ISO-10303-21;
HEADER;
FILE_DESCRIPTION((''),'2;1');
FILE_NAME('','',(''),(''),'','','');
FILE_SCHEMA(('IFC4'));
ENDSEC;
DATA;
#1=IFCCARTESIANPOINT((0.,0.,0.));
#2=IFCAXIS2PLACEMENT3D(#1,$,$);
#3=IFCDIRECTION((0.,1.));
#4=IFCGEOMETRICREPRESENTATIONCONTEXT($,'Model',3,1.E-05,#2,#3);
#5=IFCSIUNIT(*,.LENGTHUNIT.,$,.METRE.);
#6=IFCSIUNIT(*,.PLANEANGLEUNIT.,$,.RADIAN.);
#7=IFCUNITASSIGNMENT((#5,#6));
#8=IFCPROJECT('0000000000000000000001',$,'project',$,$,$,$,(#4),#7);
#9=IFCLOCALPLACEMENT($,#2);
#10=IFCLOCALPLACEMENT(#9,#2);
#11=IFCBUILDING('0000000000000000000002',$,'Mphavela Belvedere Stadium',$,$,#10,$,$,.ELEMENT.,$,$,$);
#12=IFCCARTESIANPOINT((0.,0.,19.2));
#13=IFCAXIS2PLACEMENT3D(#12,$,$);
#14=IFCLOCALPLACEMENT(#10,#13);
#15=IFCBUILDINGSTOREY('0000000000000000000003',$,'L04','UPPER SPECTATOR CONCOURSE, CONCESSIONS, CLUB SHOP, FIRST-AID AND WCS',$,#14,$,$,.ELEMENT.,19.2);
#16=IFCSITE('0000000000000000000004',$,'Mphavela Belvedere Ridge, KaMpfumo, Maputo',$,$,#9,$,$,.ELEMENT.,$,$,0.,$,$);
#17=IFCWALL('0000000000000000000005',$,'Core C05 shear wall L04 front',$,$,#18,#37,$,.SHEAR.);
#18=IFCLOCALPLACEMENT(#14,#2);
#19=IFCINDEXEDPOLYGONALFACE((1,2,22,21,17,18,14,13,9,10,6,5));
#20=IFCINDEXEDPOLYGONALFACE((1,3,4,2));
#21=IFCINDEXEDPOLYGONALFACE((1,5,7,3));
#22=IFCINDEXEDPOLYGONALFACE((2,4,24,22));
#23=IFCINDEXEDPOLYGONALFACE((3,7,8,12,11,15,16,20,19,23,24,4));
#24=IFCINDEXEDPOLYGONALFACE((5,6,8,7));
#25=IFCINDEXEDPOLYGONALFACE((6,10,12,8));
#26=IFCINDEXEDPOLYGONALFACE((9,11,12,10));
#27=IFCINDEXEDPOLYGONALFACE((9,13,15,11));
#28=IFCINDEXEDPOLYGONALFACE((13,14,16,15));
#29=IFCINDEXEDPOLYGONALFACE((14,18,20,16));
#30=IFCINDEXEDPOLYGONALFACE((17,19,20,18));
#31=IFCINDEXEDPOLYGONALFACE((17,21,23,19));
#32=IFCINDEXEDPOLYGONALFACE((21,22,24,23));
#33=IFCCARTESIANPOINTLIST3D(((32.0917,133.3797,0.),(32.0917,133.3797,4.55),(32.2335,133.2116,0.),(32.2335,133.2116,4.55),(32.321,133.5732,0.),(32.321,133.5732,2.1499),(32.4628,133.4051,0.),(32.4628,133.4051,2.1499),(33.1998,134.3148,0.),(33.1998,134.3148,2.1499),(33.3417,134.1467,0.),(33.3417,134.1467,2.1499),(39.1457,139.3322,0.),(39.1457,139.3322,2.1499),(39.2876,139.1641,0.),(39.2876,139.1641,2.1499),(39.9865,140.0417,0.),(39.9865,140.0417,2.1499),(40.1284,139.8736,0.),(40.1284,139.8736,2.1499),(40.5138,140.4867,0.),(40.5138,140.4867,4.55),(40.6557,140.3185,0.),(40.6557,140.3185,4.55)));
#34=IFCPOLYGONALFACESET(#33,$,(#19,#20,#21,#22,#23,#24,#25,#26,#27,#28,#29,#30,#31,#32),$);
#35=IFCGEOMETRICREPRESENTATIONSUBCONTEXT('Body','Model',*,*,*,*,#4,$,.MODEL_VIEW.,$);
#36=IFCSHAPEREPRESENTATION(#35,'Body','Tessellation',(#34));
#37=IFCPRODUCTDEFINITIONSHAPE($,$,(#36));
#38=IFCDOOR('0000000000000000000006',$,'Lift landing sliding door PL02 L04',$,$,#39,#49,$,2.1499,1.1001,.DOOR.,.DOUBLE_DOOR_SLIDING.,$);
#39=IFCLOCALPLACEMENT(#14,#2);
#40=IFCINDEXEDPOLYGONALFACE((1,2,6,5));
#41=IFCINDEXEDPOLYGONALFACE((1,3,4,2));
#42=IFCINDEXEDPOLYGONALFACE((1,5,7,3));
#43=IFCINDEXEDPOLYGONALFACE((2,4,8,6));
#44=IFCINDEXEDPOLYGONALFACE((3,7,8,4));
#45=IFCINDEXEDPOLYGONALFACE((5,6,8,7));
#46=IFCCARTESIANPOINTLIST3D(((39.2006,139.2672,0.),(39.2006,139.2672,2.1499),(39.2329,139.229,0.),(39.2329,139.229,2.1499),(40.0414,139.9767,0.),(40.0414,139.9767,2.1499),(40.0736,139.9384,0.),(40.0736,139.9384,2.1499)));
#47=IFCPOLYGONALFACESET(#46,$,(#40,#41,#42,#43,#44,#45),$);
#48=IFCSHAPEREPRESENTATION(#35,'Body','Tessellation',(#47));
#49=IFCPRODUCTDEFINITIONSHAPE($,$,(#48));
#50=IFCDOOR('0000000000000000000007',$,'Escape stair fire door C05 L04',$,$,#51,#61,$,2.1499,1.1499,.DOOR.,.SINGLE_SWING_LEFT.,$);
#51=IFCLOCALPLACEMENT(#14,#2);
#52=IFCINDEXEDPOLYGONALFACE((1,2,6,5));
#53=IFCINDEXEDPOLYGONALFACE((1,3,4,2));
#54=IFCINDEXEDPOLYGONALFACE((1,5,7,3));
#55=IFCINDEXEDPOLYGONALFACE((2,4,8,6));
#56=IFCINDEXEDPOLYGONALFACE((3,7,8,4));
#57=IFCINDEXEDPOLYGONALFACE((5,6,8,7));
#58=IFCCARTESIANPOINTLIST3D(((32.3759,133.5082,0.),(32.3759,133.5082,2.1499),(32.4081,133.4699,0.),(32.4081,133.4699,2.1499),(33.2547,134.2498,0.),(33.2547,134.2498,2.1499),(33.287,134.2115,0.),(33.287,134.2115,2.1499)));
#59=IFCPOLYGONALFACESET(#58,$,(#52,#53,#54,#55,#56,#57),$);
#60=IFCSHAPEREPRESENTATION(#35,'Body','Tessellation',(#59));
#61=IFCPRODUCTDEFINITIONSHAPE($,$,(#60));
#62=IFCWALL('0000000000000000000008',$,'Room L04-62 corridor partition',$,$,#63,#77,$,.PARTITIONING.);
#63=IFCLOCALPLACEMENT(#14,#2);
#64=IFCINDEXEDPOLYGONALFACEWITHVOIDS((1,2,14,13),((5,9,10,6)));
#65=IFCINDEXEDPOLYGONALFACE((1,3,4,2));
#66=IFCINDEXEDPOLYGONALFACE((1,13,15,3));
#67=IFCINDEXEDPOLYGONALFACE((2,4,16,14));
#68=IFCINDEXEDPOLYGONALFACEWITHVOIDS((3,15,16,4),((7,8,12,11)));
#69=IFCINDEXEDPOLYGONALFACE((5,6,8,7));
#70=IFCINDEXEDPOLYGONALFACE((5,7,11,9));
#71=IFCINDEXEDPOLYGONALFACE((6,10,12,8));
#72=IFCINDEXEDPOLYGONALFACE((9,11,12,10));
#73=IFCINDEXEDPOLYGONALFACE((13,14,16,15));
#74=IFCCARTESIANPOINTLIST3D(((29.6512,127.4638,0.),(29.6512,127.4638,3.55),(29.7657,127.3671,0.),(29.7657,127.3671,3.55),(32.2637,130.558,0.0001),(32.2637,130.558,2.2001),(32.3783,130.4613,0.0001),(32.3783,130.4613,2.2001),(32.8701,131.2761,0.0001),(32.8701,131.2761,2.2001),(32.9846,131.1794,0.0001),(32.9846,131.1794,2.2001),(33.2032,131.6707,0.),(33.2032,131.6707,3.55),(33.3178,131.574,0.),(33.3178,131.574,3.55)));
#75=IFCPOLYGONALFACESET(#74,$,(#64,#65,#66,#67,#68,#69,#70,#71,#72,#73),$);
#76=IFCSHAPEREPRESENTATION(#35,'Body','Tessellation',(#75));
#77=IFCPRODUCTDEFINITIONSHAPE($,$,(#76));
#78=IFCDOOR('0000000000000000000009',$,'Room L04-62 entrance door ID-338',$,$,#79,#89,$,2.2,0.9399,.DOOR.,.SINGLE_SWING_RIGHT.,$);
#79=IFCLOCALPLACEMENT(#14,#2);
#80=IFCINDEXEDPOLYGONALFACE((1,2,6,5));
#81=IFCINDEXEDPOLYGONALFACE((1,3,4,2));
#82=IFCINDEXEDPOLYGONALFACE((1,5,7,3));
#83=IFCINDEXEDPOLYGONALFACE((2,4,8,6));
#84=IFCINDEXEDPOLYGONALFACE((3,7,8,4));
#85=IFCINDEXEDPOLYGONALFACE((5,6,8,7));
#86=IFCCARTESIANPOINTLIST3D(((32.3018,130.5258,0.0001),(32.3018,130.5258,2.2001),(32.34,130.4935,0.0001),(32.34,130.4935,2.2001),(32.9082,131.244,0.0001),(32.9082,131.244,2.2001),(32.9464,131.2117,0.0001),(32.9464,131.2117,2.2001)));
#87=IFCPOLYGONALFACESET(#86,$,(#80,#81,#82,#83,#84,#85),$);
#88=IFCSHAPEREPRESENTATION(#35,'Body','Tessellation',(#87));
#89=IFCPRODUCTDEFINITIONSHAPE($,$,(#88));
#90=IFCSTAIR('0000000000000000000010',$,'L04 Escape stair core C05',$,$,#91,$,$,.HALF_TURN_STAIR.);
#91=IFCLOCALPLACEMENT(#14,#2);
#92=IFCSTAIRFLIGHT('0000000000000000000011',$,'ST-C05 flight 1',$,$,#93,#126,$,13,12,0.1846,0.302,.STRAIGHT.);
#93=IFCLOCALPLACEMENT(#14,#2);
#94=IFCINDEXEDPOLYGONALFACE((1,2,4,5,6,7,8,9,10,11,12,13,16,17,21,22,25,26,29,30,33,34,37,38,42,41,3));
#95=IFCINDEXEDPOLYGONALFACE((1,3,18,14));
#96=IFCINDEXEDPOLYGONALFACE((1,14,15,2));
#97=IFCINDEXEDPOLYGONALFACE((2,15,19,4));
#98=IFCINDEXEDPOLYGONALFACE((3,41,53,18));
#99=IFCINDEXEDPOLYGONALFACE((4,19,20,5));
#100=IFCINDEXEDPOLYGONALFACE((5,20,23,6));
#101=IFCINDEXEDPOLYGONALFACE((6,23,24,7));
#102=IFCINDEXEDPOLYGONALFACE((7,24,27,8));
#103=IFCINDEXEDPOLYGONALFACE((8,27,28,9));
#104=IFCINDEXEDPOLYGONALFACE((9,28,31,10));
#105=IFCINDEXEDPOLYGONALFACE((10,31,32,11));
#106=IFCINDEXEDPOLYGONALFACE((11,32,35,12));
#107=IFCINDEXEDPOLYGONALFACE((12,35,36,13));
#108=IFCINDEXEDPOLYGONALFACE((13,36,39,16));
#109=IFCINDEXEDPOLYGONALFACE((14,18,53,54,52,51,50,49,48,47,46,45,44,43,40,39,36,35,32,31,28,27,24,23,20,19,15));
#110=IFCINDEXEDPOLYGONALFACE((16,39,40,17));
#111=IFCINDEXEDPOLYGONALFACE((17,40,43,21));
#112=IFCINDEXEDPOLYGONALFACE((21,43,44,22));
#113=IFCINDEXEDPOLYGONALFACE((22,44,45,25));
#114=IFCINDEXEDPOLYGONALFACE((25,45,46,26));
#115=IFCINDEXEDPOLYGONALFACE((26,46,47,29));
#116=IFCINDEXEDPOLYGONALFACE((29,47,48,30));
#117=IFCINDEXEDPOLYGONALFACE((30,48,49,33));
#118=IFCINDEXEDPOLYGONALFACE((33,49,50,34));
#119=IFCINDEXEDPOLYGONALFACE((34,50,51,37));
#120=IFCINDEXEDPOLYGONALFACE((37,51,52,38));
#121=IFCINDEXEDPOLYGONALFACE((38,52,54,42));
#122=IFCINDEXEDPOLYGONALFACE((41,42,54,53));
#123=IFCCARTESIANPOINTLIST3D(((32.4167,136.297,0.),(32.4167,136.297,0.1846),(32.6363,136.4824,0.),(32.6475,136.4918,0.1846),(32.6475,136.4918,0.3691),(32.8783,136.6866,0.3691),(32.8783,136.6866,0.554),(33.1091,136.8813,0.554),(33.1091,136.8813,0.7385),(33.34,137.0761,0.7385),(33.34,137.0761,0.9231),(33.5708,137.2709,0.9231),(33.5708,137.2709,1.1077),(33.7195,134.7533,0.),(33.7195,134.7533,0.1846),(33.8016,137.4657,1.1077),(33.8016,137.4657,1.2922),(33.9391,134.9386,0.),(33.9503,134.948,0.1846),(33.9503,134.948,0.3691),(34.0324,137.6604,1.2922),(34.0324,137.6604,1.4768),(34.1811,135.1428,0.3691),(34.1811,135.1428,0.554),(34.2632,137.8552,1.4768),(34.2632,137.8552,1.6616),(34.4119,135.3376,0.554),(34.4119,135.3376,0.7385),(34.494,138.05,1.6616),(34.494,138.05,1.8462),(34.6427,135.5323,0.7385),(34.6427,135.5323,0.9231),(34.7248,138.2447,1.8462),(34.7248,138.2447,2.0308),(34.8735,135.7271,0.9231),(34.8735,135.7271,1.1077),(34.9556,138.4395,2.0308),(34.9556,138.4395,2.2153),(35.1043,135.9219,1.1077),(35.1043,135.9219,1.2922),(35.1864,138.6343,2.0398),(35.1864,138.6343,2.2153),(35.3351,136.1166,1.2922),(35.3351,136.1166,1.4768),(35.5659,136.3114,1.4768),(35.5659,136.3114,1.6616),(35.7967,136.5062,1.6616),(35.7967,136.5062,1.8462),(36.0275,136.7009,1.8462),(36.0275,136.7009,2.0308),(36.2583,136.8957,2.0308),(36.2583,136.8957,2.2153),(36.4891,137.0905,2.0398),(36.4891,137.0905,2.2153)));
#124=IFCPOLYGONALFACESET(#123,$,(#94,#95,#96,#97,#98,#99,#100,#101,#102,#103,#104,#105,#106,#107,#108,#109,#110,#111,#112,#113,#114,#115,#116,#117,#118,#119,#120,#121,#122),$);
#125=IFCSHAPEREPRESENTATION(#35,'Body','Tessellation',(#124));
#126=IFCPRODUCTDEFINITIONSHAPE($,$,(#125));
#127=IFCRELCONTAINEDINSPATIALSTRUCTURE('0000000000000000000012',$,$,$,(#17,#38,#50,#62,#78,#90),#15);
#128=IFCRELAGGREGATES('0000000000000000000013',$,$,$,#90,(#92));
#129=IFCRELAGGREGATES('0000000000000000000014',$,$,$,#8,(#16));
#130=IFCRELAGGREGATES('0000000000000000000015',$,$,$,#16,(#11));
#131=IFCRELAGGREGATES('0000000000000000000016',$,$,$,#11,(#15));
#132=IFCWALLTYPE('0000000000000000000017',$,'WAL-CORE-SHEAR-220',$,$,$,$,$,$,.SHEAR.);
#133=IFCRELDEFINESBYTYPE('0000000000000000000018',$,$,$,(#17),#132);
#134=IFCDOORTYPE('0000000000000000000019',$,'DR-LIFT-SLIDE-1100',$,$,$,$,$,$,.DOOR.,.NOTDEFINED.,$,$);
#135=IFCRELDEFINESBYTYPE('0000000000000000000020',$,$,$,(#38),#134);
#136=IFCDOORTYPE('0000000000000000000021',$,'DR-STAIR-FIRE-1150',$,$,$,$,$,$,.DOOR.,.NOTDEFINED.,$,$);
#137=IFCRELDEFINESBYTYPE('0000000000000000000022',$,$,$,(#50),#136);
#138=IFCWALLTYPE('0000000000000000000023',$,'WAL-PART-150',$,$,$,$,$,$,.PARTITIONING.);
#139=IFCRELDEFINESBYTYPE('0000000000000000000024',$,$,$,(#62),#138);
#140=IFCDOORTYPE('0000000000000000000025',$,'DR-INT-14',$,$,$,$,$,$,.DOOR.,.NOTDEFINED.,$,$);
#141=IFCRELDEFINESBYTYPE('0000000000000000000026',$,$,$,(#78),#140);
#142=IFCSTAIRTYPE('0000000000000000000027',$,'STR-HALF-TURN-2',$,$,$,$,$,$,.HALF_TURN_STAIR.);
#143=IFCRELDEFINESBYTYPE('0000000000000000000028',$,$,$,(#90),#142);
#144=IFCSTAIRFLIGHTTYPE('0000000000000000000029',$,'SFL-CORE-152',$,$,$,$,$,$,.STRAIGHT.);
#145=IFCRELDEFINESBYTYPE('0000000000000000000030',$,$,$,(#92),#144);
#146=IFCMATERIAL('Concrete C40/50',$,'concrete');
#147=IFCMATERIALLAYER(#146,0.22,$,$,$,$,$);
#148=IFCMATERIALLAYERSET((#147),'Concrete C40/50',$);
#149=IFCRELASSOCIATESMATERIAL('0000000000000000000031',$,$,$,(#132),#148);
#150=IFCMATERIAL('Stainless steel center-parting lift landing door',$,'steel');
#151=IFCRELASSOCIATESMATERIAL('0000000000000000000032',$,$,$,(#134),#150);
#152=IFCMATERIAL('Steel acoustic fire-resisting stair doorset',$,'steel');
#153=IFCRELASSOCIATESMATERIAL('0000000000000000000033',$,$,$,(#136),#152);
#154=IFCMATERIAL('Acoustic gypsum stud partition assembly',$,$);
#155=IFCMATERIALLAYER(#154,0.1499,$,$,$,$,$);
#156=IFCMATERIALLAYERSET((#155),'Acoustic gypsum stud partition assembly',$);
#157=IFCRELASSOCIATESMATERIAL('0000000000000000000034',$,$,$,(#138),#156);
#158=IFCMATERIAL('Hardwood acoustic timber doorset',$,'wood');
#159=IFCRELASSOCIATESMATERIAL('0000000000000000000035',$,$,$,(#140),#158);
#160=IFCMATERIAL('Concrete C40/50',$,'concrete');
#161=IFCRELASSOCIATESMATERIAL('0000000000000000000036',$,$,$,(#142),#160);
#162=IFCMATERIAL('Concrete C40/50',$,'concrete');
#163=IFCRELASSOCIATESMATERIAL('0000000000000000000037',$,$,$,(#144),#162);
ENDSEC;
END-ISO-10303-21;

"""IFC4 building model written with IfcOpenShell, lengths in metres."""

from ifc_helpers import new_model, si_unit, direction, frame, frame_2d, origin, place, context, subcontext, project, spatial, polyline, rectangle, outline, extrude, material, layer, layer_set, type_object, element, fill, aggregate, save


model = new_model("IFC4")

# Units and contexts
model_context = context("Model", 3, precision=1e-05, world=origin(), true_north=direction((0.0, 1.0)))
body_context = subcontext(model_context, "Body", "Model", "MODEL_VIEW")
ifc_project = project(units=[si_unit("LENGTHUNIT", "METRE"), si_unit("PLANEANGLEUNIT", "RADIAN")], contexts=[model_context])

# Site, building, storey
site_placement = place(None, origin())
site = spatial("IfcSite", under=ifc_project, at=site_placement, Name="Mphavela Belvedere Ridge, KaMpfumo, Maputo", CompositionType="ELEMENT", RefElevation=0.0)
building_placement = place(site_placement, origin())
building = spatial("IfcBuilding", under=site, at=building_placement, Name="Mphavela Belvedere Stadium", CompositionType="ELEMENT")
storey_placement = place(building_placement, frame((0.0, 0.0, 19.2)))
storey = spatial("IfcBuildingStorey", under=building, at=storey_placement, Name="L04", Description="UPPER SPECTATOR CONCOURSE, CONCESSIONS, CLUB SHOP, FIRST-AID AND WCS", CompositionType="ELEMENT", Elevation=19.2)

# Shared definitions
ifc_material_1 = material(Name="Concrete C40/50", Category="concrete")
ifc_layer_1 = layer(ifc_material_1, 0.22)
ifc_layer_set_1 = layer_set([ifc_layer_1], Name="Concrete C40/50")
wall_type_1 = type_object("IfcWallType", Name="WAL-CORE-SHEAR-220", PredefinedType="SHEAR", material=ifc_layer_set_1)

# Wall, openings, doors
wall_1_placement = place(storey_placement, frame((32.1626, 133.2957, 0.0), z_axis=(0.0, 0.0, 1.0), x_axis=(0.764257, 0.644912, 0.0)))
wall_1 = element("IfcWall", 1, at=wall_1_placement, inside=storey, type_object=wall_type_1, Name="Core C05 shear wall L04 front", PredefinedType="SHEAR", context=body_context, shape_type="SweptSolid", body=[
    extrude(rectangle(XDim=11.02, YDim=0.22, at=frame_2d((5.51, 0.0))), origin(), (0.0, 0.0, 1.0), 4.55),
])
opening_1_placement = place(wall_1_placement, frame((0.3, 0.0, 0.0)))
opening_1 = element("IfcOpeningElement", 2, at=opening_1_placement, cuts=wall_1, PredefinedType="OPENING", context=body_context, shape_type="SweptSolid", body=[
    extrude(rectangle(XDim=1.1499, YDim=2.1499, at=frame_2d((0.575, 1.075))), frame((0.0, 0.1201, 0.0), z_axis=(0.0, -1.0, 0.0), x_axis=(1.0, 0.0, 0.0)), (0.0, 0.0, 1.0), 0.24),
])
opening_2_placement = place(wall_1_placement, frame((9.23, 0.0, 0.0)))
opening_2 = element("IfcOpeningElement", 3, at=opening_2_placement, cuts=wall_1, PredefinedType="OPENING", context=body_context, shape_type="SweptSolid", body=[
    extrude(rectangle(XDim=1.1001, YDim=2.1499, at=frame_2d((0.55, 1.075))), frame((0.0, 0.1201, 0.0), z_axis=(0.0, -1.0, 0.0), x_axis=(1.0, 0.0, 0.0)), (0.0, 0.0, 1.0), 0.24),
])
ifc_material_2 = material(Name="Stainless steel center-parting lift landing door", Category="steel")
door_type_1 = type_object("IfcDoorType", Name="DR-LIFT-SLIDE-1100", OperationType="NOTDEFINED", PredefinedType="DOOR", material=ifc_material_2)
door_1_placement = place(opening_2_placement, origin())
door_1 = element("IfcDoor", 4, at=door_1_placement, inside=storey, type_object=door_type_1, Name="Lift landing sliding door PL02 L04", OperationType="DOUBLE_DOOR_SLIDING", OverallHeight=2.1499, OverallWidth=1.1001, PredefinedType="DOOR", context=body_context, shape_type="SweptSolid", body=[
    extrude(rectangle(XDim=1.1001, YDim=2.1499, at=frame_2d((0.55, 1.075))), frame((0.0, 0.0249, 0.0), z_axis=(0.0, -1.0, 0.0), x_axis=(1.0, 0.0, 0.0)), (0.0, 0.0, 1.0), 0.05),
])
fill(opening_2, door_1)
ifc_material_3 = material(Name="Steel acoustic fire-resisting stair doorset", Category="steel")
door_type_2 = type_object("IfcDoorType", Name="DR-STAIR-FIRE-1150", OperationType="NOTDEFINED", PredefinedType="DOOR", material=ifc_material_3)
door_2_placement = place(opening_1_placement, origin())
door_2 = element("IfcDoor", 5, at=door_2_placement, inside=storey, type_object=door_type_2, Name="Escape stair fire door C05 L04", OperationType="SINGLE_SWING_LEFT", OverallHeight=2.1499, OverallWidth=1.1499, PredefinedType="DOOR", context=body_context, shape_type="SweptSolid", body=[
    extrude(rectangle(XDim=1.1499, YDim=2.1499, at=frame_2d((0.575, 1.075))), frame((0.0, 0.0249, 0.0), z_axis=(0.0, -1.0, 0.0), x_axis=(1.0, 0.0, 0.0)), (0.0, 0.0, 1.0), 0.05),
])
fill(opening_1, door_2)

# Wall, opening, door
ifc_material_4 = material(Name="Acoustic gypsum stud partition assembly")
ifc_layer_2 = layer(ifc_material_4, 0.1499)
ifc_layer_set_2 = layer_set([ifc_layer_2], Name="Acoustic gypsum stud partition assembly")
wall_type_2 = type_object("IfcWallType", Name="WAL-PART-150", PredefinedType="PARTITIONING", material=ifc_layer_set_2)
wall_2_placement = place(storey_placement, frame((33.2605, 131.6223, 0.0), z_axis=(0.0, 0.0, 1.0), x_axis=(-0.645139, -0.764065, 0.0)))
wall_2 = element("IfcWall", 6, at=wall_2_placement, inside=storey, type_object=wall_type_2, Name="Room L04-62 corridor partition", PredefinedType="PARTITIONING", context=body_context, shape_type="SweptSolid", body=[
    extrude(rectangle(XDim=5.5059, YDim=0.1499, at=frame_2d((2.7529, 0.0))), origin(), (0.0, 0.0, 1.0), 3.55),
])
opening_3_placement = place(wall_2_placement, frame((0.5164, 0.0, 0.0)))
opening_3 = element("IfcOpeningElement", 7, at=opening_3_placement, cuts=wall_2, PredefinedType="OPENING", context=body_context, shape_type="SweptSolid", body=[
    extrude(rectangle(XDim=0.9399, YDim=2.2, at=frame_2d((0.47, 1.1001))), frame((0.0, 0.085, 0.0), z_axis=(0.0, -1.0, 0.0), x_axis=(1.0, 0.0, 0.0)), (0.0, 0.0, 1.0), 0.1699),
])
ifc_material_5 = material(Name="Hardwood acoustic timber doorset", Category="wood")
door_type_3 = type_object("IfcDoorType", Name="DR-INT-14", OperationType="NOTDEFINED", PredefinedType="DOOR", material=ifc_material_5)
door_3_placement = place(opening_3_placement, origin())
door_3 = element("IfcDoor", 8, at=door_3_placement, inside=storey, type_object=door_type_3, Name="Room L04-62 entrance door ID-338", OperationType="SINGLE_SWING_RIGHT", OverallHeight=2.2, OverallWidth=0.9399, PredefinedType="DOOR", context=body_context, shape_type="SweptSolid", body=[
    extrude(rectangle(XDim=0.9399, YDim=2.2, at=frame_2d((0.47, 1.1001))), frame((0.0, 0.0249, 0.0), z_axis=(0.0, -1.0, 0.0), x_axis=(1.0, 0.0, 0.0)), (0.0, 0.0, 1.0), 0.05),
])
fill(opening_3, door_3)

# Stair, stair flight
ifc_material_6 = material(Name="Concrete C40/50", Category="concrete")
stair_type = type_object("IfcStairType", Name="STR-HALF-TURN-2", PredefinedType="HALF_TURN_STAIR", material=ifc_material_6)
stair_placement = place(storey_placement, origin())
stair = element("IfcStair", 9, at=stair_placement, inside=storey, type_object=stair_type, Name="L04 Escape stair core C05", PredefinedType="HALF_TURN_STAIR")
ifc_material_7 = material(Name="Concrete C40/50", Category="concrete")
stair_flight_type = type_object("IfcStairFlightType", Name="SFL-CORE-152", PredefinedType="STRAIGHT", material=ifc_material_7)
stair_flight_placement = place(storey_placement, frame((33.0681, 135.5251, 0.0), z_axis=(0.0, 0.0, 1.0), x_axis=(0.764246, 0.644924, 0.0)))
stair_flight = element("IfcStairFlight", 10, at=stair_flight_placement, type_object=stair_flight_type, Name="ST-C05 flight 1", NumberOfRisers=13, NumberOfTreads=12, PredefinedType="STRAIGHT", RiserHeight=0.1846, TreadLength=0.302, context=body_context, shape_type="SweptSolid", body=[
    extrude(outline(polyline([(0.0, 0.0), (0.0, 0.1846), (0.302, 0.1846), (0.302, 0.3691), (0.604, 0.3691), (0.604, 0.554), (0.906, 0.554), (0.906, 0.7385), (1.208, 0.7385), (1.208, 0.9231), (1.51, 0.9231), (1.51, 1.1077), (1.812, 1.1077), (1.812, 1.2922), (2.114, 1.2922), (2.114, 1.4768), (2.416, 1.4768), (2.416, 1.6616), (2.718, 1.6616), (2.718, 1.8462), (3.02, 1.8462), (3.02, 2.0308), (3.322, 2.0308), (3.322, 2.2153), (3.624, 2.2153), (3.624, 2.3999), (3.624, 2.0398), (0.2874, 0.0), (0.0, 0.0)])), frame((0.0, 1.01, 0.0), z_axis=(0.0, -1.0, 0.0), x_axis=(1.0, 0.0, 0.0)), (0.0, 0.0, 1.0), 2.02),
])
aggregate(stair, [stair_flight])

save(model, "model.ifc")
